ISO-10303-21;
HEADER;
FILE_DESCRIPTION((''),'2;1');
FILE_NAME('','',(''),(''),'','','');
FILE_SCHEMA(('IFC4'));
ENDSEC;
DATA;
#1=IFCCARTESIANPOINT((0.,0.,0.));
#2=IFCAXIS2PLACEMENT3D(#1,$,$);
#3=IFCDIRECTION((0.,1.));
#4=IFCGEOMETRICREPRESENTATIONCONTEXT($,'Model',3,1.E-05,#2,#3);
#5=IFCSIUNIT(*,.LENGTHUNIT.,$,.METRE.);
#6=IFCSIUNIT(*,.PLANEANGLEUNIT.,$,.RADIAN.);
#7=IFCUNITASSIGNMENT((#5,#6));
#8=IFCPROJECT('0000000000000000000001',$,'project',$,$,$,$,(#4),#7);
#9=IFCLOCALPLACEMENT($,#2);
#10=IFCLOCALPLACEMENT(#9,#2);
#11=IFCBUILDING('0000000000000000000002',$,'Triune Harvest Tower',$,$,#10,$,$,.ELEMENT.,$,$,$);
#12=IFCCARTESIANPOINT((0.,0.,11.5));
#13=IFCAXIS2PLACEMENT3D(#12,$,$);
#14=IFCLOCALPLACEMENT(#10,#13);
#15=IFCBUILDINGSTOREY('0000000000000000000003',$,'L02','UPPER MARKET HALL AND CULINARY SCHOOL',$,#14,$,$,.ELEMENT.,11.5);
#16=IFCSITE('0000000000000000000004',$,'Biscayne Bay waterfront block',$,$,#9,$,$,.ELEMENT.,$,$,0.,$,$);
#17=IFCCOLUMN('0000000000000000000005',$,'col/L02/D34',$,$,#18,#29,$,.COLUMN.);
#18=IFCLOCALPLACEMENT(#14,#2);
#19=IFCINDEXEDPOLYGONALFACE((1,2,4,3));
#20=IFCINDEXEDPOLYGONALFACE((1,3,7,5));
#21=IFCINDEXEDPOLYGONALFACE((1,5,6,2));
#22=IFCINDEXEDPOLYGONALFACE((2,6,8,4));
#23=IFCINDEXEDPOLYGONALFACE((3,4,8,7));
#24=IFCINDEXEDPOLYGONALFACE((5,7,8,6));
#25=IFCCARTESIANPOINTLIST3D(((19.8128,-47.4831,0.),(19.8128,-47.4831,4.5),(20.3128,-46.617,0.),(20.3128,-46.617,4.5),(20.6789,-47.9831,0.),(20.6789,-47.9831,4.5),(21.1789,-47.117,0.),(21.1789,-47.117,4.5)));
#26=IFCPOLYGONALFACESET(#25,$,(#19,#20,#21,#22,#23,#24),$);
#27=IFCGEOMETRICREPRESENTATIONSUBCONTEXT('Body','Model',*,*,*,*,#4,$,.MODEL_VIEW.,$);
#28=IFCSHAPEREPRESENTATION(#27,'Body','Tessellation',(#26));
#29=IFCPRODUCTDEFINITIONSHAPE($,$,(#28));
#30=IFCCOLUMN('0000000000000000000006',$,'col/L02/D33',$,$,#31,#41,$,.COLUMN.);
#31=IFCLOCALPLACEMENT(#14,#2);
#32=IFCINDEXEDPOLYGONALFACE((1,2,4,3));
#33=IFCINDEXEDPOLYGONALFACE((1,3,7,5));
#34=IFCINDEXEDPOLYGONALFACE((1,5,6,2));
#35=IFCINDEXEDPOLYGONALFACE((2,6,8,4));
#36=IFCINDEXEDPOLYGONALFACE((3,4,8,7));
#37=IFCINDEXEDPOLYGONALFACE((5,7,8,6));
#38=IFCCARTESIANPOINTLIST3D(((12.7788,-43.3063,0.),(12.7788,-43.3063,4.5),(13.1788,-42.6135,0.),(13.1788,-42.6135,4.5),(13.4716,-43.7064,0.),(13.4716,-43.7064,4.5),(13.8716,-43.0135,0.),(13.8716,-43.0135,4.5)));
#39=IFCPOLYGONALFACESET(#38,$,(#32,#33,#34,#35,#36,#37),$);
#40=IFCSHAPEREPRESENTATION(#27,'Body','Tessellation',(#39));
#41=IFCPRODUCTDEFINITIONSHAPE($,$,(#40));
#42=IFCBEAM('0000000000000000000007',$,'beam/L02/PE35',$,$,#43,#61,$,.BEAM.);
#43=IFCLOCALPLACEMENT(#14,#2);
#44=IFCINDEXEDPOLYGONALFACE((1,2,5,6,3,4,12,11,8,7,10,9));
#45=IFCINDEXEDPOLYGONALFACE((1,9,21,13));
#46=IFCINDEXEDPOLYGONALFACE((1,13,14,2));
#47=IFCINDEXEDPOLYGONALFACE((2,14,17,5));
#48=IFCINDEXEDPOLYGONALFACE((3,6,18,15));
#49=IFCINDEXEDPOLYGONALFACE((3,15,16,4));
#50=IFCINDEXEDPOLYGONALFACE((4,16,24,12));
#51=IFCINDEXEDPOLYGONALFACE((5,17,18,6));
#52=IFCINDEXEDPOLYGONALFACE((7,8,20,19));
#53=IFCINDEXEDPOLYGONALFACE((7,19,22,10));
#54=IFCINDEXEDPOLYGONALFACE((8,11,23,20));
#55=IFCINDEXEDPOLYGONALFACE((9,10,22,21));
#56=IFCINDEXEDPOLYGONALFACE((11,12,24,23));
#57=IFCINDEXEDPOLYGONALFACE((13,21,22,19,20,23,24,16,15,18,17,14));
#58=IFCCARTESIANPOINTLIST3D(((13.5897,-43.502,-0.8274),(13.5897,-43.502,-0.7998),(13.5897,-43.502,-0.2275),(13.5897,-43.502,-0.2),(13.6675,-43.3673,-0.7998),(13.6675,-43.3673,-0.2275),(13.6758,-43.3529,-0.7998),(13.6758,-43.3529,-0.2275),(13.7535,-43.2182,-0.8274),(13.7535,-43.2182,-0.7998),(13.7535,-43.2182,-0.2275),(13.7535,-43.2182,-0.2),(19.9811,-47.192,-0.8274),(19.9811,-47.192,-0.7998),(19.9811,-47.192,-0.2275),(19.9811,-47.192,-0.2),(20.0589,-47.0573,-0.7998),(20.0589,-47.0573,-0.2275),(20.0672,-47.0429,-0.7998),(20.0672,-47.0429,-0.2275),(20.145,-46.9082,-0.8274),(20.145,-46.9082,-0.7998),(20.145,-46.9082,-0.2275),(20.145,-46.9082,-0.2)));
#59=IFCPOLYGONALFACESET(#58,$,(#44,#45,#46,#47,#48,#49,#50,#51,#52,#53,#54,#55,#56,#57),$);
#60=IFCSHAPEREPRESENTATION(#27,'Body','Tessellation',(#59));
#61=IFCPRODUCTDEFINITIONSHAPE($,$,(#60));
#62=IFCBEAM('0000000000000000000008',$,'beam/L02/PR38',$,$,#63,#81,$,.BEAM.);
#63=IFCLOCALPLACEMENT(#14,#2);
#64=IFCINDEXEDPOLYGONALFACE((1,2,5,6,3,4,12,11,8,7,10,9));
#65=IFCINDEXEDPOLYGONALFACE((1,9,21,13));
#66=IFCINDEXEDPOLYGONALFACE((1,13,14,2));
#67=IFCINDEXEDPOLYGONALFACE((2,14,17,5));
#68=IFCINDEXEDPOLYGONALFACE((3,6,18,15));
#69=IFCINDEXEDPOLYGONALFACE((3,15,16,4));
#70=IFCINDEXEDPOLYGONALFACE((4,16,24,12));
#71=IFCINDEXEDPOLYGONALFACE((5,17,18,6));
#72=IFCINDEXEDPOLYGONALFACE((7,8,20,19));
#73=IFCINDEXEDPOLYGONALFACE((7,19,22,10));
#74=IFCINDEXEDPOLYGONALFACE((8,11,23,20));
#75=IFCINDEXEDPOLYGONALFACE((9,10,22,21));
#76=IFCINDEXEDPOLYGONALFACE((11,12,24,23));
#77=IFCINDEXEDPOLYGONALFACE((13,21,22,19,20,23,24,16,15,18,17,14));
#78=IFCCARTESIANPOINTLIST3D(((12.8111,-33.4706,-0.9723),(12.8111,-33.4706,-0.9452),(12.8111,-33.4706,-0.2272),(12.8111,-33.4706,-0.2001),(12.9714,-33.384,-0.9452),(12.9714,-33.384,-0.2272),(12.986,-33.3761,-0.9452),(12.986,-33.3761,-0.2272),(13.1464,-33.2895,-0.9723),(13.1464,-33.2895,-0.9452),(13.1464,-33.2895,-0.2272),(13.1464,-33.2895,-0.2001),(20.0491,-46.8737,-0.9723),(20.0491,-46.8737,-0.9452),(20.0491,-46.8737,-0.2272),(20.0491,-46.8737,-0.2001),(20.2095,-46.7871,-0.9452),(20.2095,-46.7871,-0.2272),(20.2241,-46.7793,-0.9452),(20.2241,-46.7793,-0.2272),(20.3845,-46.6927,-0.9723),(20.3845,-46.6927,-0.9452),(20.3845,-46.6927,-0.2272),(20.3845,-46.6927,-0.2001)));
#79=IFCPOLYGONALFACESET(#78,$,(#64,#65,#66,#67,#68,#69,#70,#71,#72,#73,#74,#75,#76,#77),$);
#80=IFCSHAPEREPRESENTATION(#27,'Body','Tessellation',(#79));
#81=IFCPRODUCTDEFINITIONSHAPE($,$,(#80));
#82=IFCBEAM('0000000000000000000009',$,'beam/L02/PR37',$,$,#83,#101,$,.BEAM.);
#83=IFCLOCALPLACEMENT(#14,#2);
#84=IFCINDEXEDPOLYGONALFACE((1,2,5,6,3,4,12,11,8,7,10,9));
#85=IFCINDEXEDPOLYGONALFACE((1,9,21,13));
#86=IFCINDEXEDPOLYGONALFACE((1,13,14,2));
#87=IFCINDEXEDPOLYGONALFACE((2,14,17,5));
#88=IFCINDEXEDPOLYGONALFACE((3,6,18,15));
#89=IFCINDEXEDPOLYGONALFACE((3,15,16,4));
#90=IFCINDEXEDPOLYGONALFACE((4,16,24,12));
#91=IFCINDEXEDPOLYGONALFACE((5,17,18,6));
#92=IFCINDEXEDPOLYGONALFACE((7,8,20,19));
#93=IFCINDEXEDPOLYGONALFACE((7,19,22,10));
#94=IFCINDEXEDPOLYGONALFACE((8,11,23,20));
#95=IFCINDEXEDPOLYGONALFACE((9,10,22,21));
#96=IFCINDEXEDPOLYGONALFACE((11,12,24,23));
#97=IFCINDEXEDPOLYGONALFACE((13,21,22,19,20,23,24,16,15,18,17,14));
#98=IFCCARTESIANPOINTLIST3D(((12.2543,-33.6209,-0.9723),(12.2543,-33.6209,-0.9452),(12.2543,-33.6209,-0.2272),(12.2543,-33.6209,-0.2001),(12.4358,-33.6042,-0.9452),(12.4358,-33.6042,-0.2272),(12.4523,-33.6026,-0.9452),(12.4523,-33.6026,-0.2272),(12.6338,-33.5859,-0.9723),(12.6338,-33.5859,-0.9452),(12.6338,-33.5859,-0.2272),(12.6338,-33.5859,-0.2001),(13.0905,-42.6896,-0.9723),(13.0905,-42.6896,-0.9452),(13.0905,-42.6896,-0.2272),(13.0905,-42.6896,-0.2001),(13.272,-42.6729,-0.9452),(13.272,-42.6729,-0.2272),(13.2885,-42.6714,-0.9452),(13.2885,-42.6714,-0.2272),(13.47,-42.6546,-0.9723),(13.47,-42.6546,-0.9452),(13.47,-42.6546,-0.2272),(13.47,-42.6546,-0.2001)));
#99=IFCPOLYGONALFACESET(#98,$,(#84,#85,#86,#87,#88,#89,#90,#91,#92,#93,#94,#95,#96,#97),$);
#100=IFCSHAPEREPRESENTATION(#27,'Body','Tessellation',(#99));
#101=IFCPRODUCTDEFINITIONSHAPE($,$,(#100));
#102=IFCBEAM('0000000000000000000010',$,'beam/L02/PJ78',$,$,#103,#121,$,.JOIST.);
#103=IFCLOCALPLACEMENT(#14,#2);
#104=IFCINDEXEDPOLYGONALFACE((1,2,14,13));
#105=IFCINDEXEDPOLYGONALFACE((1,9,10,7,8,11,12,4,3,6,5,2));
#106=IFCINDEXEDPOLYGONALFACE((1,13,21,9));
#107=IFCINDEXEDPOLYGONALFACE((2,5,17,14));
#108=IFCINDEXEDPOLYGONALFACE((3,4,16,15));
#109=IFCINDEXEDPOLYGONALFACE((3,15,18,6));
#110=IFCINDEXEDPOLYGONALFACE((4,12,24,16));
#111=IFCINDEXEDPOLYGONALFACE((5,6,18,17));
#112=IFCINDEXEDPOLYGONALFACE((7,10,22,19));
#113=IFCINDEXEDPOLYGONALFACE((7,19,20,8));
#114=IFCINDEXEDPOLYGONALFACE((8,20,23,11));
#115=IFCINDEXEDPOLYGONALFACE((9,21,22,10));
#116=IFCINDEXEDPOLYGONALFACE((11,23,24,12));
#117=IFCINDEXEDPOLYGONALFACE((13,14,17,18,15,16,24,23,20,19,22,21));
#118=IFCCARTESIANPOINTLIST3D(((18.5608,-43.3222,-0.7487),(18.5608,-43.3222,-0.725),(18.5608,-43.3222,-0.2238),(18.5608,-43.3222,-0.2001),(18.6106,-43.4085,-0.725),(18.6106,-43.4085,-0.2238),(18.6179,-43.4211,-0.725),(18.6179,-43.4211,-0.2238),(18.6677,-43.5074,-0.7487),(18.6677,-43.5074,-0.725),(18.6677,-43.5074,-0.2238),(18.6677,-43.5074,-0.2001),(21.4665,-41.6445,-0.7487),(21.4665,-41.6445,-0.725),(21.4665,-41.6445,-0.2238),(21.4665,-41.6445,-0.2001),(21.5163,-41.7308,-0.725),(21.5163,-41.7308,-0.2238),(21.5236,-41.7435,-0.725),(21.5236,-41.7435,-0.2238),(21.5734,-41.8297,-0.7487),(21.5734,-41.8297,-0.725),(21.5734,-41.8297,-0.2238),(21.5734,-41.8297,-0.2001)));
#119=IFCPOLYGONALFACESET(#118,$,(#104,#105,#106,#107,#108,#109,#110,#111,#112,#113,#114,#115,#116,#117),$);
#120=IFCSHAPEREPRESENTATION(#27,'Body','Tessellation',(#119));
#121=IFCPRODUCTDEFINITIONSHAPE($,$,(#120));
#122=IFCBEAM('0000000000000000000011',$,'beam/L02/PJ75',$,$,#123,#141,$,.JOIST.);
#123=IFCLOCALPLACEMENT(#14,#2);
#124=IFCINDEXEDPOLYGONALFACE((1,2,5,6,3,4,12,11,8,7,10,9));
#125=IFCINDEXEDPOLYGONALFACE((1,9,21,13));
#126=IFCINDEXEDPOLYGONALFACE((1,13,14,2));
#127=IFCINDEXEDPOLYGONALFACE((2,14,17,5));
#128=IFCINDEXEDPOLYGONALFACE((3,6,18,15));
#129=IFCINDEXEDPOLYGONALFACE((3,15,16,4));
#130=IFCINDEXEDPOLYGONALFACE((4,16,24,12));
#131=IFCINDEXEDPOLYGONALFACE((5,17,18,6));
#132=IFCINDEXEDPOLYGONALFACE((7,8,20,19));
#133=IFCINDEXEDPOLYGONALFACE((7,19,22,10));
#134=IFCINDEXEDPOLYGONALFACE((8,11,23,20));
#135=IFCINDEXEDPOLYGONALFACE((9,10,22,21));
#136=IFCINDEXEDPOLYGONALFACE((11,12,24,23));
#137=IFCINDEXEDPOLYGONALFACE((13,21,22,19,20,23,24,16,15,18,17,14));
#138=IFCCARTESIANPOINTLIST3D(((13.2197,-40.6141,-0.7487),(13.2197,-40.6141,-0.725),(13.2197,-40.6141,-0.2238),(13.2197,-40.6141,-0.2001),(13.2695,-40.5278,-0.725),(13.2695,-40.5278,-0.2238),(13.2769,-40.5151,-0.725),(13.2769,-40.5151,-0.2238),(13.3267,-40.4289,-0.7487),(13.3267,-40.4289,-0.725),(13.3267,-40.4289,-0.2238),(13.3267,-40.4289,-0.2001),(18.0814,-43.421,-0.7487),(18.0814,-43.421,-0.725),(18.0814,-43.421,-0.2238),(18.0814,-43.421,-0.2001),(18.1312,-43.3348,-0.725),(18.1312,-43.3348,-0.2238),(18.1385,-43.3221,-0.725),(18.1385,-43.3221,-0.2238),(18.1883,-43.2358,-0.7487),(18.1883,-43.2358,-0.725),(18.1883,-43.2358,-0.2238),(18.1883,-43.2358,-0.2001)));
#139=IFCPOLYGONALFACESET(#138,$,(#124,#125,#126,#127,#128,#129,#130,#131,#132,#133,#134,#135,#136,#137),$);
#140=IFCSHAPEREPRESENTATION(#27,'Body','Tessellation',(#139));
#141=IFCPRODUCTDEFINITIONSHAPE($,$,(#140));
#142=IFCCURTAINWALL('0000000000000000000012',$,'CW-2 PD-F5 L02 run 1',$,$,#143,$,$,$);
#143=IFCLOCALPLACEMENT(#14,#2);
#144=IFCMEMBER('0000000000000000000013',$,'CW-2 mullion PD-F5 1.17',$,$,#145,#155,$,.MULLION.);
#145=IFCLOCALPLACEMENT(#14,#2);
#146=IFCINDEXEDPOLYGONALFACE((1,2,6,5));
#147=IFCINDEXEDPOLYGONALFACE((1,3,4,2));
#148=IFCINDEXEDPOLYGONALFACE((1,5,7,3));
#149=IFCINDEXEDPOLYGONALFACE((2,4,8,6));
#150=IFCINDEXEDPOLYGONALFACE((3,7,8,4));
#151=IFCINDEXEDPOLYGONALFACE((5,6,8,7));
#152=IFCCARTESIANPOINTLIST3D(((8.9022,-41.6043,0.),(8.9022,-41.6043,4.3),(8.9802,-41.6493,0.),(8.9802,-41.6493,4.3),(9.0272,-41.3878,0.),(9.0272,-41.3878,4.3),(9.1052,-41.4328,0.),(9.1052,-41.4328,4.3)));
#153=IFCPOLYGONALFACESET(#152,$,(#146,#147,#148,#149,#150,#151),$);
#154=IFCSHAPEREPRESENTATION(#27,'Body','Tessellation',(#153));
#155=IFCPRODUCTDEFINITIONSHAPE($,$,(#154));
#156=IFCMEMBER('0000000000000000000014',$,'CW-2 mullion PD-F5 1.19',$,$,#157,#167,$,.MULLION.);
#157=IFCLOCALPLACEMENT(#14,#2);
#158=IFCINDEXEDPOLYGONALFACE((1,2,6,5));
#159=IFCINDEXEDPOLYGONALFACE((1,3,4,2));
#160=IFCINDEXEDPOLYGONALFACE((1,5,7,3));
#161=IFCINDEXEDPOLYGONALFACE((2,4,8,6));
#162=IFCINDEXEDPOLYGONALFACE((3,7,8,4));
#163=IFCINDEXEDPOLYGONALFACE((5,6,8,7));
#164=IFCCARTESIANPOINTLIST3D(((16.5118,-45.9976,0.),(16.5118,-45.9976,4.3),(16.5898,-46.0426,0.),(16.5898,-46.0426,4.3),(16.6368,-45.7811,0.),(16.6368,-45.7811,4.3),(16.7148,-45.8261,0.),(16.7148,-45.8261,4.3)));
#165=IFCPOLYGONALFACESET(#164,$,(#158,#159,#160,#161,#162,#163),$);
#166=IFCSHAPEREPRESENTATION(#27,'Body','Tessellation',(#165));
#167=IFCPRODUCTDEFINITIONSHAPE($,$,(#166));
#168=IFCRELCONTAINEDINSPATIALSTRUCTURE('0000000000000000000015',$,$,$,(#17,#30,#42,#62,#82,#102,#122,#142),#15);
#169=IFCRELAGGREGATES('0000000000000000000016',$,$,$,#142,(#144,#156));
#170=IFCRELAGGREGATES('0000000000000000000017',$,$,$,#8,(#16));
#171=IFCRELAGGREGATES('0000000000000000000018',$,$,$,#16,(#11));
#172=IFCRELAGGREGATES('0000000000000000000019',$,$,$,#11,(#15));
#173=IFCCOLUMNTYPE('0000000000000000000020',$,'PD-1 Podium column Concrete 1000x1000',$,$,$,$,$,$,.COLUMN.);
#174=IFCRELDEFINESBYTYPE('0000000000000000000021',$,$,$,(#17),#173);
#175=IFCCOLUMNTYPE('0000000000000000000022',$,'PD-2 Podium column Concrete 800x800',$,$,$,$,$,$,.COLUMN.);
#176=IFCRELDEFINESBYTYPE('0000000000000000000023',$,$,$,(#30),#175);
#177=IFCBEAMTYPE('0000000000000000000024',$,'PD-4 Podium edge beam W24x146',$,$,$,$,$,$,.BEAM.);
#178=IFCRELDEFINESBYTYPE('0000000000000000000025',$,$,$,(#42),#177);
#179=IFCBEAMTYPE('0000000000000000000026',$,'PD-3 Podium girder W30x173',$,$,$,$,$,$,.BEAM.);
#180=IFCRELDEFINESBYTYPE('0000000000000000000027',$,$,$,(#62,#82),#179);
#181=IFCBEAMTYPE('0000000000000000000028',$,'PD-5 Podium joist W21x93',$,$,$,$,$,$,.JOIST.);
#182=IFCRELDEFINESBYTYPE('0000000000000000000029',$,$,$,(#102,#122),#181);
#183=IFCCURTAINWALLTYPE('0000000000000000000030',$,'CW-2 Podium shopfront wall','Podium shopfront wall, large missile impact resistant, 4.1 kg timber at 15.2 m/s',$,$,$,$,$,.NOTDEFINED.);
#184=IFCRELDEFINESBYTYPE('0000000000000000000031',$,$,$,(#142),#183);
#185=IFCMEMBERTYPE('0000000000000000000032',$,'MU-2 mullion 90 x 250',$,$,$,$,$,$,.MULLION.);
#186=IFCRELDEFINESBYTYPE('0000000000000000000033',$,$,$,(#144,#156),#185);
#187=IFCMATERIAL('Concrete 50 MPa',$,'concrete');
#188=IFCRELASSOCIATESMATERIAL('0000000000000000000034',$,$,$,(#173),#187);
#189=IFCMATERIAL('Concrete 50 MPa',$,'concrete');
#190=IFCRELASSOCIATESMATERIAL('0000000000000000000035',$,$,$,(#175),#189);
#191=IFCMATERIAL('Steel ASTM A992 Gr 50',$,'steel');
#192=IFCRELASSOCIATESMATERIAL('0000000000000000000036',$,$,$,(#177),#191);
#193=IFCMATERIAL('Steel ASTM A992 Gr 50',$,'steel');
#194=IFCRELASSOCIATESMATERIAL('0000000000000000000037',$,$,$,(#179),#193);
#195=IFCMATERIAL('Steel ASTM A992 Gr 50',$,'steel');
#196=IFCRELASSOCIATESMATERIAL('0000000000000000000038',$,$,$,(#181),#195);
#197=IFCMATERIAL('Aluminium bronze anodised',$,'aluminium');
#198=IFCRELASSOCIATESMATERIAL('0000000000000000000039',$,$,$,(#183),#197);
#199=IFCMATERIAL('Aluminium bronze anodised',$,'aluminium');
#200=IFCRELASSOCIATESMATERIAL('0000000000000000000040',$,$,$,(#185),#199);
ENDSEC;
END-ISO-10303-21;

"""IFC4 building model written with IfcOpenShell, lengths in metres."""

from ifc_helpers import new_model, si_unit, direction, frame, origin, origin_2d, place, context, subcontext, project, spatial, rectangle, i_section, extrude, source, transform, mapped, material, material_profile, profile_set, type_object, element, aggregate, save


model = new_model("IFC4")

# Units and contexts
model_context = context("Model", 3, precision=1e-05, world=origin(), true_north=direction((0.0, 1.0)))
body_context = subcontext(model_context, "Body", "Model", "MODEL_VIEW")
ifc_project = project(units=[si_unit("LENGTHUNIT", "METRE"), si_unit("PLANEANGLEUNIT", "RADIAN")], contexts=[model_context])

# Site, building, storey
site_placement = place(None, origin())
site = spatial("IfcSite", under=ifc_project, at=site_placement, Name="Biscayne Bay waterfront block", CompositionType="ELEMENT", RefElevation=0.0)
building_placement = place(site_placement, origin())
building = spatial("IfcBuilding", under=site, at=building_placement, Name="Triune Harvest Tower", CompositionType="ELEMENT")
storey_placement = place(building_placement, frame((0.0, 0.0, 11.5)))
storey = spatial("IfcBuildingStorey", under=building, at=storey_placement, Name="L02", Description="UPPER MARKET HALL AND CULINARY SCHOOL", CompositionType="ELEMENT", Elevation=11.5)

# Columns
ifc_material_1 = material(Name="Concrete 50 MPa", Category="concrete")
ifc_material_profile_1 = material_profile(ifc_material_1, rectangle(XDim=1.0, YDim=1.0, at=origin_2d()), Name="Concrete 1000x1000")
ifc_profile_set_1 = profile_set([ifc_material_profile_1], Name="Concrete 50 MPa")
column_type_1 = type_object("IfcColumnType", Name="PD-1 Podium column Concrete 1000x1000", PredefinedType="COLUMN", material=ifc_profile_set_1)
shared_shape_1 = source(origin(), body_context, "Body", "SweptSolid", [
    extrude(rectangle(XDim=1.0, YDim=1.0, at=origin_2d()), origin(), (0.0, 0.0, 1.0), 4.5),
])
column_1_placement = place(storey_placement, frame((20.4958, -47.3, 0.0), z_axis=(0.0, 0.0, 1.0), x_axis=(0.866025, -0.5, 0.0)))
element("IfcColumn", 1, at=column_1_placement, inside=storey, type_object=column_type_1, Name="col/L02/D34", PredefinedType="COLUMN", context=body_context, shape_type="MappedRepresentation", body=[
    mapped(shared_shape_1, transform((0.0, 0.0, 0.0), scale=1.0)),
])
ifc_material_2 = material(Name="Concrete 50 MPa", Category="concrete")
ifc_material_profile_2 = material_profile(ifc_material_2, rectangle(XDim=0.8, YDim=0.8, at=origin_2d()), Name="Concrete 800x800")
ifc_profile_set_2 = profile_set([ifc_material_profile_2], Name="Concrete 50 MPa")
column_type_2 = type_object("IfcColumnType", Name="PD-2 Podium column Concrete 800x800", PredefinedType="COLUMN", material=ifc_profile_set_2)
shared_shape_2 = source(origin(), body_context, "Body", "SweptSolid", [
    extrude(rectangle(XDim=0.8, YDim=0.8, at=origin_2d()), origin(), (0.0, 0.0, 1.0), 4.5),
])
column_2_placement = place(storey_placement, frame((13.3252, -43.1599, 0.0), z_axis=(0.0, 0.0, 1.0), x_axis=(0.866025, -0.5, 0.0)))
element("IfcColumn", 2, at=column_2_placement, inside=storey, type_object=column_type_2, Name="col/L02/D33", PredefinedType="COLUMN", context=body_context, shape_type="MappedRepresentation", body=[
    mapped(shared_shape_2, transform((0.0, 0.0, 0.0), scale=1.0)),
])

# Beams
ifc_material_3 = material(Name="Steel ASTM A992 Gr 50", Category="steel")
ifc_material_profile_3 = material_profile(ifc_material_3, i_section(OverallWidth=0.3276, OverallDepth=0.6274, WebThickness=0.0166, FlangeThickness=0.0276, at=origin_2d()), Name="W24x146")
ifc_profile_set_3 = profile_set([ifc_material_profile_3], Name="Steel ASTM A992 Gr 50")
beam_type_1 = type_object("IfcBeamType", Name="PD-4 Podium edge beam W24x146", PredefinedType="BEAM", material=ifc_profile_set_3)
shared_shape_3 = source(origin(), body_context, "Body", "SweptSolid", [
    extrude(i_section(OverallWidth=0.3276, OverallDepth=0.6274, WebThickness=0.0166, FlangeThickness=0.0276, at=origin_2d()), origin(), (0.0, 0.0, 1.0), 7.3801),
])
beam_1_placement = place(storey_placement, frame((13.6716, -43.3601, -0.5137), z_axis=(0.866032, -0.499989, 0.0), x_axis=(0.499989, 0.866032, 0.0)))
element("IfcBeam", 3, at=beam_1_placement, inside=storey, type_object=beam_type_1, Name="beam/L02/PE35", PredefinedType="BEAM", context=body_context, shape_type="MappedRepresentation", body=[
    mapped(shared_shape_3, transform((0.0, 0.0, 0.0), scale=1.0)),
])
ifc_material_4 = material(Name="Steel ASTM A992 Gr 50", Category="steel")
ifc_material_profile_4 = material_profile(ifc_material_4, i_section(OverallWidth=0.3811, OverallDepth=0.7722, WebThickness=0.0166, FlangeThickness=0.0271, at=origin_2d()), Name="W30x173")
ifc_profile_set_4 = profile_set([ifc_material_profile_4], Name="Steel ASTM A992 Gr 50")
beam_type_2 = type_object("IfcBeamType", Name="PD-3 Podium girder W30x173", PredefinedType="BEAM", material=ifc_profile_set_4)
shared_shape_4 = source(origin(), body_context, "Body", "SweptSolid", [
    extrude(i_section(OverallWidth=0.3811, OverallDepth=0.7722, WebThickness=0.0166, FlangeThickness=0.0271, at=origin_2d()), origin(), (0.0, 0.0, 1.0), 15.2327),
])
beam_2_placement = place(storey_placement, frame((20.2168, -46.7832, -0.5862), z_axis=(-0.475168, 0.879895, 0.0), x_axis=(-0.879895, -0.475168, 0.0)))
element("IfcBeam", 4, at=beam_2_placement, inside=storey, type_object=beam_type_2, Name="beam/L02/PR38", PredefinedType="BEAM", context=body_context, shape_type="MappedRepresentation", body=[
    mapped(shared_shape_4, transform((0.0, 0.0, 0.0), scale=1.0)),
])
shared_shape_5 = source(origin(), body_context, "Body", "SweptSolid", [
    extrude(i_section(OverallWidth=0.3811, OverallDepth=0.7722, WebThickness=0.0166, FlangeThickness=0.0271, at=origin_2d()), origin(), (0.0, 0.0, 1.0), 9.1072),
])
beam_3_placement = place(storey_placement, frame((13.2803, -42.6721, -0.5862), z_axis=(-0.091817, 0.995776, 0.0), x_axis=(-0.995776, -0.091817, 0.0)))
element("IfcBeam", 5, at=beam_3_placement, inside=storey, type_object=beam_type_2, Name="beam/L02/PR37", PredefinedType="BEAM", context=body_context, shape_type="MappedRepresentation", body=[
    mapped(shared_shape_5, transform((0.0, 0.0, 0.0), scale=1.0)),
])
ifc_material_5 = material(Name="Steel ASTM A992 Gr 50", Category="steel")
ifc_material_profile_5 = material_profile(ifc_material_5, i_section(OverallWidth=0.2139, OverallDepth=0.5486, WebThickness=0.0146, FlangeThickness=0.0237, at=origin_2d()), Name="W21x93")
ifc_profile_set_5 = profile_set([ifc_material_profile_5], Name="Steel ASTM A992 Gr 50")
beam_type_3 = type_object("IfcBeamType", Name="PD-5 Podium joist W21x93", PredefinedType="JOIST", material=ifc_profile_set_5)
shared_shape_6 = source(origin(), body_context, "Body", "SweptSolid", [
    extrude(i_section(OverallWidth=0.2139, OverallDepth=0.5486, WebThickness=0.0146, FlangeThickness=0.0237, at=origin_2d()), origin(), (0.0, 0.0, 1.0), 3.3552),
])
beam_4_placement = place(storey_placement, frame((18.6143, -43.4148, -0.4744), z_axis=(0.866014, 0.500021, 0.0), x_axis=(-0.500021, 0.866014, 0.0)))
element("IfcBeam", 6, at=beam_4_placement, inside=storey, type_object=beam_type_3, Name="beam/L02/PJ78", PredefinedType="JOIST", context=body_context, shape_type="MappedRepresentation", body=[
    mapped(shared_shape_6, transform((0.0, 0.0, 0.0), scale=1.0)),
])
shared_shape_7 = source(origin(), body_context, "Body", "SweptSolid", [
    extrude(i_section(OverallWidth=0.2139, OverallDepth=0.5486, WebThickness=0.0146, FlangeThickness=0.0237, at=origin_2d()), origin(), (0.0, 0.0, 1.0), 5.6138),
])
beam_5_placement = place(storey_placement, frame((13.2732, -40.5215, -0.4744), z_axis=(0.866021, -0.500007, 0.0), x_axis=(0.500007, 0.866021, 0.0)))
element("IfcBeam", 7, at=beam_5_placement, inside=storey, type_object=beam_type_3, Name="beam/L02/PJ75", PredefinedType="JOIST", context=body_context, shape_type="MappedRepresentation", body=[
    mapped(shared_shape_7, transform((0.0, 0.0, 0.0), scale=1.0)),
])

# Curtain wall, members
ifc_material_6 = material(Name="Aluminium bronze anodised", Category="aluminium")
curtain_wall_type = type_object("IfcCurtainWallType", Name="CW-2 Podium shopfront wall", Description="Podium shopfront wall, large missile impact resistant, 4.1 kg timber at 15.2 m/s", PredefinedType="NOTDEFINED", material=ifc_material_6)
curtain_wall_1_placement = place(storey_placement, origin())
curtain_wall_1 = element("IfcCurtainWall", 8, at=curtain_wall_1_placement, inside=storey, type_object=curtain_wall_type, Name="CW-2 PD-F5 L02 run 1")
ifc_material_7 = material(Name="Aluminium bronze anodised", Category="aluminium")
ifc_material_profile_6 = material_profile(ifc_material_7, rectangle(XDim=0.25, YDim=0.0901, at=origin_2d()), Name="MU-2 mullion 90 x 250")
ifc_profile_set_6 = profile_set([ifc_material_profile_6], Name="Aluminium bronze anodised")
member_type_1 = type_object("IfcMemberType", Name="MU-2 mullion 90 x 250", PredefinedType="MULLION", material=ifc_profile_set_6)
shared_shape_8 = source(origin(), body_context, "Body", "SweptSolid", [
    extrude(rectangle(XDim=0.25, YDim=0.0901, at=origin_2d()), origin(), (0.0, 0.0, 1.0), 4.3),
])
member_1_placement = place(storey_placement, frame((9.0037, -41.5186, 0.0), z_axis=(0.0, 0.0, 1.0), x_axis=(0.5, 0.866025, 0.0)))
member_1 = element("IfcMember", 9, at=member_1_placement, type_object=member_type_1, Name="CW-2 mullion PD-F5 1.17", PredefinedType="MULLION", context=body_context, shape_type="MappedRepresentation", body=[
    mapped(shared_shape_8, transform((0.0, 0.0, 0.0), scale=1.0)),
])
member_2_placement = place(storey_placement, frame((16.6133, -45.9119, 0.0), z_axis=(0.0, 0.0, 1.0), x_axis=(0.5, 0.866025, 0.0)))
member_2 = element("IfcMember", 10, at=member_2_placement, type_object=member_type_1, Name="CW-2 mullion PD-F5 1.19", PredefinedType="MULLION", context=body_context, shape_type="MappedRepresentation", body=[
    mapped(shared_shape_8, transform((0.0, 0.0, 0.0), scale=1.0)),
])

aggregate(curtain_wall_1, [member_1, member_2])

save(model, "model.ifc")
